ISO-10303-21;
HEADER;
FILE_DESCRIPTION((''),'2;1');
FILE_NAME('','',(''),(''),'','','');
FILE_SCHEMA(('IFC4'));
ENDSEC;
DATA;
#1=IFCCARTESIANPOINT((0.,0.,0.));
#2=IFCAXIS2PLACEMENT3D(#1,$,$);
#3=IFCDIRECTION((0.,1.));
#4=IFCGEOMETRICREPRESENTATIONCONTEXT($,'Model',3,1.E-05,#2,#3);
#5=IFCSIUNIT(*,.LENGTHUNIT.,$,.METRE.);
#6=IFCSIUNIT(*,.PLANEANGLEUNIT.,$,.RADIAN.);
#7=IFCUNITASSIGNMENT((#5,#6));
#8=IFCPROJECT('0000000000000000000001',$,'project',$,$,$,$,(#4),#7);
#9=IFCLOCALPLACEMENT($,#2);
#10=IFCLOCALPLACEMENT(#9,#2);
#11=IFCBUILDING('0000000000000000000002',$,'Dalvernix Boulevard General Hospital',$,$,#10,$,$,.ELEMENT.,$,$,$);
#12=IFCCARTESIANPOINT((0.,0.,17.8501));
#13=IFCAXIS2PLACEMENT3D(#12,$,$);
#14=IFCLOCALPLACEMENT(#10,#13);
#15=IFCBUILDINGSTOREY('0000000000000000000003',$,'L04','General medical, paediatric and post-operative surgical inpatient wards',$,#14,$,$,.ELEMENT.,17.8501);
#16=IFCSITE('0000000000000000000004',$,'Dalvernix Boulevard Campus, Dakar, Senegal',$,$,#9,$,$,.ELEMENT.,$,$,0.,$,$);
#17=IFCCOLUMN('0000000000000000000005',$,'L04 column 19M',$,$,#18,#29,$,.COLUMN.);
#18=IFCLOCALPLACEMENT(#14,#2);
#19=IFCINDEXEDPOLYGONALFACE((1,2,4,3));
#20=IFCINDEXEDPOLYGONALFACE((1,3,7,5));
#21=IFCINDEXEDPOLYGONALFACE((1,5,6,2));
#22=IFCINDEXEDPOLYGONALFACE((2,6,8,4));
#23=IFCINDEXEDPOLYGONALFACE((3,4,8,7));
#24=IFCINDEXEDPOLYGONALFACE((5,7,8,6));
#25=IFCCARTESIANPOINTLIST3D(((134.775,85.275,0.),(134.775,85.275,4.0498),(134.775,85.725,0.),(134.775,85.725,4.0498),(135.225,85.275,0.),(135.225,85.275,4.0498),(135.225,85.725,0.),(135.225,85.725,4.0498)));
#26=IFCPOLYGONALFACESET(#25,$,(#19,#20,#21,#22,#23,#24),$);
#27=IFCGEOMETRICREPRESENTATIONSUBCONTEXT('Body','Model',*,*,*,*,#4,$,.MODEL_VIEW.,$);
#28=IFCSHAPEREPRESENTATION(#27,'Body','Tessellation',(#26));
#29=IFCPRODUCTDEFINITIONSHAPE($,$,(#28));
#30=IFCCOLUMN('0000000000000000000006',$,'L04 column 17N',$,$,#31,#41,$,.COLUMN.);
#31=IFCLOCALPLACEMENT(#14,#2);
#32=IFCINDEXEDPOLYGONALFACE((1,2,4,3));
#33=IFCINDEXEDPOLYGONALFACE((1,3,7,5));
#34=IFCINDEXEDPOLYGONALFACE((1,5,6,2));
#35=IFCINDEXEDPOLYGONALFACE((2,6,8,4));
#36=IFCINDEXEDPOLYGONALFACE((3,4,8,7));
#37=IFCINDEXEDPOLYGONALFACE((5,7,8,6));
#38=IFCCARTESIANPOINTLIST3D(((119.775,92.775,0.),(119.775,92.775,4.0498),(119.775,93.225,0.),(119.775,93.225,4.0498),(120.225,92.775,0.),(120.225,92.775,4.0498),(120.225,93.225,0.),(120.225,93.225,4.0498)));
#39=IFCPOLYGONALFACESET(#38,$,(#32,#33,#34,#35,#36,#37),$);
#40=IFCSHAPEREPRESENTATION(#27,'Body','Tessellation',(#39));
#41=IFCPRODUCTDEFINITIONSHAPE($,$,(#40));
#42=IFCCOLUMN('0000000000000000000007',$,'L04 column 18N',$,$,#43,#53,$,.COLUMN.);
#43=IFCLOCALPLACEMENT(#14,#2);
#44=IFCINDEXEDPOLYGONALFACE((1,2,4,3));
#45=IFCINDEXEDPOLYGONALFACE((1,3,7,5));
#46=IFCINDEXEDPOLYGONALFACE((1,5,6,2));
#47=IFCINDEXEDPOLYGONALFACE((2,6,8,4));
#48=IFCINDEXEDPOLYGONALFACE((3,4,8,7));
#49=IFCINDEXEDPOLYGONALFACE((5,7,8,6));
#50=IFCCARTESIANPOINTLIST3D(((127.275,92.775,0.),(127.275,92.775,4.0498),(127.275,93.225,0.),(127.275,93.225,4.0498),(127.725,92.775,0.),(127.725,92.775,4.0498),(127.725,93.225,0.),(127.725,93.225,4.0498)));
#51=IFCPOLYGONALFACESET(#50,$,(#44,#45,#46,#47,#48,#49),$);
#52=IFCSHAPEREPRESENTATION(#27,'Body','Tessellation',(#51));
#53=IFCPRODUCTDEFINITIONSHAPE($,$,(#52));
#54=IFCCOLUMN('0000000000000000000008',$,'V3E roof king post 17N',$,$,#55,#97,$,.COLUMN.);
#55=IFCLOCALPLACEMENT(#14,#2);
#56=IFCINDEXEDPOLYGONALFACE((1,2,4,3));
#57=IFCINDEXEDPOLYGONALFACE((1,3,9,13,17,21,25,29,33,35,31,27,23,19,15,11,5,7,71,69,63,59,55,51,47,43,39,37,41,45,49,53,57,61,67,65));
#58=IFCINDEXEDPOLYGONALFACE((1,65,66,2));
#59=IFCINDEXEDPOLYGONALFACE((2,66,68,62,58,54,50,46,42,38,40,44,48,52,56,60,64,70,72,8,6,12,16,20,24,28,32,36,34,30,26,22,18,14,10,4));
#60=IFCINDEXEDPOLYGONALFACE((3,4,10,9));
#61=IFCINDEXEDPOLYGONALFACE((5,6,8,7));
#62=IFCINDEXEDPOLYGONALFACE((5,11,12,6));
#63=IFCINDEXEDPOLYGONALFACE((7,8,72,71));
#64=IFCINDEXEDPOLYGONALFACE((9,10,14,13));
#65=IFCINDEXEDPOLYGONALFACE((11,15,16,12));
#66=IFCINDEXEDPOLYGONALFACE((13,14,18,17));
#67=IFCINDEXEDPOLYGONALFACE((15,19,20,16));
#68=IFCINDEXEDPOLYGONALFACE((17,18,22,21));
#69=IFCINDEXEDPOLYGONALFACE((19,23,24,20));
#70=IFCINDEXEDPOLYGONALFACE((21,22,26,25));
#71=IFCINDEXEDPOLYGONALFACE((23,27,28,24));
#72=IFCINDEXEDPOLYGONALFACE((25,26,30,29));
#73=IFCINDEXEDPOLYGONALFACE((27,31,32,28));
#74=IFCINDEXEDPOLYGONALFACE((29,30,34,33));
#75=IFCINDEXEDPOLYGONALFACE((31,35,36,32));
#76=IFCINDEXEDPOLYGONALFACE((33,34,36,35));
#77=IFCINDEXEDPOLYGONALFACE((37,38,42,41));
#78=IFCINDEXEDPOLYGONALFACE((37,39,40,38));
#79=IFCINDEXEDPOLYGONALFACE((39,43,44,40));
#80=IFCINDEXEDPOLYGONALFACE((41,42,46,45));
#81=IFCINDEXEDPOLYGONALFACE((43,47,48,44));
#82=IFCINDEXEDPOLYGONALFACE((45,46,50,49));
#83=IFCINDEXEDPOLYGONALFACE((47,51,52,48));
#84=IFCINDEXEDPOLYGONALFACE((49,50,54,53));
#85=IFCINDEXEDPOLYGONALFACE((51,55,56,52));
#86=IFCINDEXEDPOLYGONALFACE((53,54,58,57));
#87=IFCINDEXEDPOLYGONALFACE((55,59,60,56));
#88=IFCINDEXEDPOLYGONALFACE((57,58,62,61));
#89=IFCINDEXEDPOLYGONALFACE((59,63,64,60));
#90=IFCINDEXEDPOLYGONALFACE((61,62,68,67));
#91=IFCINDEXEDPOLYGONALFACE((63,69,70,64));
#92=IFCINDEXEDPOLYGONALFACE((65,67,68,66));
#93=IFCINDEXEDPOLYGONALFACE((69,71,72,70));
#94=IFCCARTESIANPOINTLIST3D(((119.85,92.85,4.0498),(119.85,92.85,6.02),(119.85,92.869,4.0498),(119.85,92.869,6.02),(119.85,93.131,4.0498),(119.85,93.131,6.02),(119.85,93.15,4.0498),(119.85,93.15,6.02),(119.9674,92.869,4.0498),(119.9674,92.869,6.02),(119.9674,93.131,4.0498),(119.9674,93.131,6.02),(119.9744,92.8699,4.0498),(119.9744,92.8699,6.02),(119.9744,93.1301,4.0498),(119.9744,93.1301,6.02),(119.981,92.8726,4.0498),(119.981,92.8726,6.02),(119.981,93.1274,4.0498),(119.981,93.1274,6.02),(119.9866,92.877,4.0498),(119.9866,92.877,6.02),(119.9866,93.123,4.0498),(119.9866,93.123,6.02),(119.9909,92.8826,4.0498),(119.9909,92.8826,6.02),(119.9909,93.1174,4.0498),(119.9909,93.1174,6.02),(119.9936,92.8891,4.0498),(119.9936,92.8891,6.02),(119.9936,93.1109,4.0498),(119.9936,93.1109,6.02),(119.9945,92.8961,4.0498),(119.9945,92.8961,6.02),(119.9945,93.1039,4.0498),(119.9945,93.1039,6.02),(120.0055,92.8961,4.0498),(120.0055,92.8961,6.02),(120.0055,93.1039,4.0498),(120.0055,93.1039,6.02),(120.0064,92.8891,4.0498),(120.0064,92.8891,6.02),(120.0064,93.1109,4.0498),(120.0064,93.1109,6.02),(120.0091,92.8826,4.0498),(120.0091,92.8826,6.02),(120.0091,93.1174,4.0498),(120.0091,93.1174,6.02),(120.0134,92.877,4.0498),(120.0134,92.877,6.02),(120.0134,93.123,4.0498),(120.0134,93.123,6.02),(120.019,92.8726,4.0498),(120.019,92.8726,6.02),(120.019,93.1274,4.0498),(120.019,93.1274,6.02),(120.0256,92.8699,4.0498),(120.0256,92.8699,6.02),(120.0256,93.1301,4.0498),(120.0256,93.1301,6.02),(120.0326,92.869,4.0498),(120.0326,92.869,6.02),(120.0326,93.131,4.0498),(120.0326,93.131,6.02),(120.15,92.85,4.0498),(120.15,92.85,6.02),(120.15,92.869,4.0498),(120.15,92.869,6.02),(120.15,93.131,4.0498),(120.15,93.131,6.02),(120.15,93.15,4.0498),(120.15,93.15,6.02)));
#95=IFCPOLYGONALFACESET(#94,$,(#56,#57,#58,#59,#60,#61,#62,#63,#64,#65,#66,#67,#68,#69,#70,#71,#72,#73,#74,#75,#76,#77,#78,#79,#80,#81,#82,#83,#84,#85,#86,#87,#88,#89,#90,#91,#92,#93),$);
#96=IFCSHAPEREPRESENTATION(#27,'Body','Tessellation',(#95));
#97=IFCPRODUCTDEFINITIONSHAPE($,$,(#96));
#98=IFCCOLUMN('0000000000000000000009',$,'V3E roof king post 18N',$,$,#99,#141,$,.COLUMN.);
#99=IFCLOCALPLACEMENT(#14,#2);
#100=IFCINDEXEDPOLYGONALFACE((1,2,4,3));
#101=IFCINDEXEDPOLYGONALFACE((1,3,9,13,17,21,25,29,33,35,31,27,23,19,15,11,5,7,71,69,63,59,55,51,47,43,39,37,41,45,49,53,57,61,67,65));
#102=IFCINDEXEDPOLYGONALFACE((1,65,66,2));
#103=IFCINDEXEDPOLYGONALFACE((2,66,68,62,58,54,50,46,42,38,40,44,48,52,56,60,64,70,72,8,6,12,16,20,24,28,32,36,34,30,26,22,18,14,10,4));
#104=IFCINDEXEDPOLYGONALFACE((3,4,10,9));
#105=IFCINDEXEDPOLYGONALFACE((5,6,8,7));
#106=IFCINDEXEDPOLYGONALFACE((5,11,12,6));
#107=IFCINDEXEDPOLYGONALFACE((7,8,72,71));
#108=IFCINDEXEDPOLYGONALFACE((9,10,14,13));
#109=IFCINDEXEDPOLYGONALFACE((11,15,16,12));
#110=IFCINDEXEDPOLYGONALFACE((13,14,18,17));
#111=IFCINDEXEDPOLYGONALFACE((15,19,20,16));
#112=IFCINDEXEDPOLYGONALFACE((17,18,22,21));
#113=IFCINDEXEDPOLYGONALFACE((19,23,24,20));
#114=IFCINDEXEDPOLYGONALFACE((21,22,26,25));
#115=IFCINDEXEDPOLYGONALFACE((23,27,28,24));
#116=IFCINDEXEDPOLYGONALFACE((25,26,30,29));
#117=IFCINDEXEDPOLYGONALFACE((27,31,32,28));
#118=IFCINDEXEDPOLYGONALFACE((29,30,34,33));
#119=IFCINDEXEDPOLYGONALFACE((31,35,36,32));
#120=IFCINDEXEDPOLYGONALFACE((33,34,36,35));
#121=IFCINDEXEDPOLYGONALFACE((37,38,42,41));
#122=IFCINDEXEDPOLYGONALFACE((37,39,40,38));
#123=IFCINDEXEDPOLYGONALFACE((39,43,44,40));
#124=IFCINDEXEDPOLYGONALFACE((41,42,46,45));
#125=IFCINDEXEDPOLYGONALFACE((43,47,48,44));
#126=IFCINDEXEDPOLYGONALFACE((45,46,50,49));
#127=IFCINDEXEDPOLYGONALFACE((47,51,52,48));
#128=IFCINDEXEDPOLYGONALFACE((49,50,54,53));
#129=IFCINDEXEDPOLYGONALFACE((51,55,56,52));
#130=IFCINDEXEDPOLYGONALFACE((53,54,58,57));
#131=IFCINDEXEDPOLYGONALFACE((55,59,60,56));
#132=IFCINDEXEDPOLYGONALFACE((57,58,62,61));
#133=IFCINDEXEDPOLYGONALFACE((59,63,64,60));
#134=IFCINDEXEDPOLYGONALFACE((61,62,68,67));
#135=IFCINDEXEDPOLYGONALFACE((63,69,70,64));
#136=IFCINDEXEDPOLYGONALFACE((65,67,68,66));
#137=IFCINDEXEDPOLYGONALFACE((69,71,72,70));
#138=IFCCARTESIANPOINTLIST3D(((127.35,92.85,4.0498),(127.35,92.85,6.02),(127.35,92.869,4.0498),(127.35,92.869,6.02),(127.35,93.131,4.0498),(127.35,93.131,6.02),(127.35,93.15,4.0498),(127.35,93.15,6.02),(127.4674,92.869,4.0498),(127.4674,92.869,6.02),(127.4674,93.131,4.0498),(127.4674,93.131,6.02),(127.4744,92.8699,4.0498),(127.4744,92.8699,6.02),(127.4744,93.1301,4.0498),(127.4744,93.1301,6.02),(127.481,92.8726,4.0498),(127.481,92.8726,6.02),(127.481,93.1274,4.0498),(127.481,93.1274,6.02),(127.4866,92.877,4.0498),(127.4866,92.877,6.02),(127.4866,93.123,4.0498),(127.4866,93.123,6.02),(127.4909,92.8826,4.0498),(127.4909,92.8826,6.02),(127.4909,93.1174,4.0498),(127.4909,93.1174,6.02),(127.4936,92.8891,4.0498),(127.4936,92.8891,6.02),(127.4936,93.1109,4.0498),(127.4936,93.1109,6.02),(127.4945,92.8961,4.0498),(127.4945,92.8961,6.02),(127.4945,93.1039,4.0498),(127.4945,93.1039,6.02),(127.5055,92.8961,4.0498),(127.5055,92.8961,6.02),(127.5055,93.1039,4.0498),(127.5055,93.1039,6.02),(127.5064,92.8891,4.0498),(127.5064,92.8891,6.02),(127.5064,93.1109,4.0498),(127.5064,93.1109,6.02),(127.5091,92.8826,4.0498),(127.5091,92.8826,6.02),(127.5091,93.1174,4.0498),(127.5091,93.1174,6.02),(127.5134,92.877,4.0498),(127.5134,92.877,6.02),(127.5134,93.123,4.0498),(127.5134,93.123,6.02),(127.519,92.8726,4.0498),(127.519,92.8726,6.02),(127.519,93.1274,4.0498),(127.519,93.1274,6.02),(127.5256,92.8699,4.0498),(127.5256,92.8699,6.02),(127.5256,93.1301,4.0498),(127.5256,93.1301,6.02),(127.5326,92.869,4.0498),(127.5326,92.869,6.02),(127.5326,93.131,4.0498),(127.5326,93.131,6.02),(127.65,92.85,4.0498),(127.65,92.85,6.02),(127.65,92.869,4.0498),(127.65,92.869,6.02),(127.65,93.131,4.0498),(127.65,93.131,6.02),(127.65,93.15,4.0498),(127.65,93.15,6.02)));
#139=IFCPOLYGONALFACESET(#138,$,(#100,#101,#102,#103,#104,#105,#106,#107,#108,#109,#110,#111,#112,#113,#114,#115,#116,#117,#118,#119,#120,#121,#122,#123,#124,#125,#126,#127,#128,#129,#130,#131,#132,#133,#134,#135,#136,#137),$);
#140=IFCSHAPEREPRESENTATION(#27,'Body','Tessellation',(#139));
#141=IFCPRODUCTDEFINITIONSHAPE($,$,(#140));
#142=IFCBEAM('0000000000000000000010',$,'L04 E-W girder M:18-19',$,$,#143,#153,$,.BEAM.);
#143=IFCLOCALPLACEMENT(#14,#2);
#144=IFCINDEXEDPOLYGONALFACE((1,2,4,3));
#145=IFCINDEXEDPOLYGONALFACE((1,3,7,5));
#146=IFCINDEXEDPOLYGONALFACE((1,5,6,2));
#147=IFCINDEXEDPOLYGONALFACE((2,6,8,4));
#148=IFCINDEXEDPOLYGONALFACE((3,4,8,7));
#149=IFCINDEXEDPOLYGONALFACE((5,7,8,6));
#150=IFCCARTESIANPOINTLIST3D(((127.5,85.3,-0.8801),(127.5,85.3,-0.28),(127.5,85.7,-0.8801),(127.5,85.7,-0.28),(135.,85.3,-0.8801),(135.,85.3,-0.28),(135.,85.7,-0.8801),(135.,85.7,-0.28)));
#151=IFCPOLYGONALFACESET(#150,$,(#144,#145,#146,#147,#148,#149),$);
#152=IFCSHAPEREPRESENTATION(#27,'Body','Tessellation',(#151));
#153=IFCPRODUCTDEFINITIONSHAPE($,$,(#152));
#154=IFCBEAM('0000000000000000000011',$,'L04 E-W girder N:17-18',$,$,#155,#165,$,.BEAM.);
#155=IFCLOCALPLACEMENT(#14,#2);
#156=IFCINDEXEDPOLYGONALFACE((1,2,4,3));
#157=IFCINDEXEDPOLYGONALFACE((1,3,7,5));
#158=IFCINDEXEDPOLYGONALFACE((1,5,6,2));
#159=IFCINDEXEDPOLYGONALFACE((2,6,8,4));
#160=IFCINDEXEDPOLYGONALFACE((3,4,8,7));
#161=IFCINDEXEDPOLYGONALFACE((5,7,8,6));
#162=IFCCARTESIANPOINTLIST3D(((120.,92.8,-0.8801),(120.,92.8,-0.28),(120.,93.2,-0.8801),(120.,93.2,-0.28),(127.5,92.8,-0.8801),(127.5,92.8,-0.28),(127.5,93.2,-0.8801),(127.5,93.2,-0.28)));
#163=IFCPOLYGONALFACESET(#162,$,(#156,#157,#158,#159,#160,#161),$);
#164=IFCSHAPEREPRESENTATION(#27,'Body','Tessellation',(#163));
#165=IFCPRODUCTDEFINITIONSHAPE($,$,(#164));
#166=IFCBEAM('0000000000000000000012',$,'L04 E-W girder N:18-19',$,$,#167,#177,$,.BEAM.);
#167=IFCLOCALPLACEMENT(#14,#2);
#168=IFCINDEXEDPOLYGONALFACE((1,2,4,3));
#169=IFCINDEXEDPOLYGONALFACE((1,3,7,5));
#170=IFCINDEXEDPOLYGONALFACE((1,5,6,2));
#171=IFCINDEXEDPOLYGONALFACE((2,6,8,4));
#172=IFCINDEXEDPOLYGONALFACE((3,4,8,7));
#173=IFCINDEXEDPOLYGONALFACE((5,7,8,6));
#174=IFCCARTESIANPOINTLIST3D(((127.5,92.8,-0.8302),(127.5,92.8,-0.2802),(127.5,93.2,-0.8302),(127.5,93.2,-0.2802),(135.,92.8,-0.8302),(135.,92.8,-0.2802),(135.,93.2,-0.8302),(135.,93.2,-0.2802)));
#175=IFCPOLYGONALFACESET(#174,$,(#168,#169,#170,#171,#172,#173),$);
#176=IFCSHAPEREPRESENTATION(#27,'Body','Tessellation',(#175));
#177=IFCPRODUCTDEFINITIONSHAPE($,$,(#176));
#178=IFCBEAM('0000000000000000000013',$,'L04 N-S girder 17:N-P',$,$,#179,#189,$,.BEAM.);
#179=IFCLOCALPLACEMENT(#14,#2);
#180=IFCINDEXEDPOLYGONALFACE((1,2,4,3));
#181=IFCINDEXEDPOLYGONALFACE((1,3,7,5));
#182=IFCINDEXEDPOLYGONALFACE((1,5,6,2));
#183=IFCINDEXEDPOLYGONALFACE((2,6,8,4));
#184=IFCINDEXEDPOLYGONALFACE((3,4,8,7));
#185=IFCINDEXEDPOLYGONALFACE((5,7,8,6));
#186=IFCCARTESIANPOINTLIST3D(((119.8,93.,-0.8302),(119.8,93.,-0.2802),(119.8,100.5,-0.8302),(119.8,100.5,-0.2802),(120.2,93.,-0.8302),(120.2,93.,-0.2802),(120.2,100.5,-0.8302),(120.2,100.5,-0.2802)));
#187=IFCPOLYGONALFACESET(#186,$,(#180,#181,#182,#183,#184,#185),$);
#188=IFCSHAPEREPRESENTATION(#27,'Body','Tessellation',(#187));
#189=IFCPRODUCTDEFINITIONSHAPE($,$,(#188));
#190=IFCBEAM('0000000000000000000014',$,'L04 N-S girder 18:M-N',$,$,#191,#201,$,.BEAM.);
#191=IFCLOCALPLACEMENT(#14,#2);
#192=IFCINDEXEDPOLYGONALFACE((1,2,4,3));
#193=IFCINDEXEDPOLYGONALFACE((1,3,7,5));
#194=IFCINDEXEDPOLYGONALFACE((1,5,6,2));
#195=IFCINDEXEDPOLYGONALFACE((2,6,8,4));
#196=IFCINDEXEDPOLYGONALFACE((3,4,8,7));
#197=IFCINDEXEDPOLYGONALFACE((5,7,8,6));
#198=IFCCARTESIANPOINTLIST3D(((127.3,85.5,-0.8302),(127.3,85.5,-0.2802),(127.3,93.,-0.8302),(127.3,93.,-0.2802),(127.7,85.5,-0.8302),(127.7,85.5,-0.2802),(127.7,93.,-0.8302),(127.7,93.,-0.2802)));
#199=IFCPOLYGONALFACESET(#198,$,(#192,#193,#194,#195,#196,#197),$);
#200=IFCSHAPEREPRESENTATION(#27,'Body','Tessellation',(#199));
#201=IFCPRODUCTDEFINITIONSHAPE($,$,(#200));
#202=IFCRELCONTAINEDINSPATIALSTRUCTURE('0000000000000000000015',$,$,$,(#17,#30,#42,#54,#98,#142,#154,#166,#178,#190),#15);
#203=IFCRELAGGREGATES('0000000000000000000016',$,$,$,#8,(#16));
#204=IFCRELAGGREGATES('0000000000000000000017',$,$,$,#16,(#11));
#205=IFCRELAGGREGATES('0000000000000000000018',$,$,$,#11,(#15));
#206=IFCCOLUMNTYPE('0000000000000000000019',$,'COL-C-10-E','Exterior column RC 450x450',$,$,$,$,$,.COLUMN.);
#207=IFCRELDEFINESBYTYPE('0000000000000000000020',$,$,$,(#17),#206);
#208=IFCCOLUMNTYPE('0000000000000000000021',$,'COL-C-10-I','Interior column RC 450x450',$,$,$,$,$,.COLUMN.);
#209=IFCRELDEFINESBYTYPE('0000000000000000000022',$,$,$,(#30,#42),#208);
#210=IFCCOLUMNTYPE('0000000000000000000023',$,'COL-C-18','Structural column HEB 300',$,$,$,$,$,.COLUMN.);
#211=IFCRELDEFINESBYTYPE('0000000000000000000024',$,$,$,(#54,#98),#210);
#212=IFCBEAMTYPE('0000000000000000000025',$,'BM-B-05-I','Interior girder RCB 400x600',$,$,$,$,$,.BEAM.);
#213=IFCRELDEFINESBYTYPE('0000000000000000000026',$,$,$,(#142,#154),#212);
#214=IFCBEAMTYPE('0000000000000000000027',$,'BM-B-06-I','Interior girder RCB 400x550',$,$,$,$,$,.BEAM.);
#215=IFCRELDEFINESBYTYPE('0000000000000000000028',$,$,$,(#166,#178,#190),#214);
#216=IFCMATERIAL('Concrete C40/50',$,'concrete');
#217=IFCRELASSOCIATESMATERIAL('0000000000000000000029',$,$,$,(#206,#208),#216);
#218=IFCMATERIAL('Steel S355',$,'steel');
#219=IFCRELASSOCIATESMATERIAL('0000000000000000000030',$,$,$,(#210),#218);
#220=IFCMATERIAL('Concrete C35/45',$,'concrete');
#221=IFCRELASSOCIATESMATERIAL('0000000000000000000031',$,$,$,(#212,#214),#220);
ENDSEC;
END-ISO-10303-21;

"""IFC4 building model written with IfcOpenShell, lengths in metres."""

from ifc_helpers import new_model, si_unit, direction, frame, origin, origin_2d, place, context, subcontext, project, spatial, rectangle, i_section, extrude, material, material_profile, profile_set, type_object, element, save


model = new_model("IFC4")

# Units and contexts
model_context = context("Model", 3, precision=1e-05, world=origin(), true_north=direction((0.0, 1.0)))
body_context = subcontext(model_context, "Body", "Model", "MODEL_VIEW")
ifc_project = project(units=[si_unit("LENGTHUNIT", "METRE"), si_unit("PLANEANGLEUNIT", "RADIAN")], contexts=[model_context])

# Site, building, storey
site_placement = place(None, origin())
site = spatial("IfcSite", under=ifc_project, at=site_placement, Name="Dalvernix Boulevard Campus, Dakar, Senegal", CompositionType="ELEMENT", RefElevation=0.0)
building_placement = place(site_placement, origin())
building = spatial("IfcBuilding", under=site, at=building_placement, Name="Dalvernix Boulevard General Hospital", CompositionType="ELEMENT")
storey_placement = place(building_placement, frame((0.0, 0.0, 17.8501)))
storey = spatial("IfcBuildingStorey", under=building, at=storey_placement, Name="L04", Description="General medical, paediatric and post-operative surgical inpatient wards", CompositionType="ELEMENT", Elevation=17.8501)

# Columns
ifc_material_1 = material(Name="Concrete C40/50", Category="concrete")
ifc_material_profile_1 = material_profile(ifc_material_1, rectangle(XDim=0.45, YDim=0.45, at=origin_2d()), Name="RC 450x450")
ifc_profile_set_1 = profile_set([ifc_material_profile_1], Name="Concrete C40/50")
column_type_1 = type_object("IfcColumnType", Name="COL-C-10-E", Description="Exterior column RC 450x450", PredefinedType="COLUMN", material=ifc_profile_set_1)
column_placement = place(storey_placement, frame((135.0, 85.5, 0.0), z_axis=(0.0, 0.0, 1.0), x_axis=(1.0, 0.0, 0.0)))
element("IfcColumn", 1, at=column_placement, inside=storey, type_object=column_type_1, Name="L04 column 19M", PredefinedType="COLUMN", context=body_context, shape_type="SweptSolid", body=[
    extrude(rectangle(XDim=0.45, YDim=0.45, at=origin_2d()), origin(), (0.0, 0.0, 1.0), 4.0498),
])
ifc_material_profile_2 = material_profile(ifc_material_1, rectangle(XDim=0.45, YDim=0.45, at=origin_2d()), Name="RC 450x450")
ifc_profile_set_2 = profile_set([ifc_material_profile_2], Name="Concrete C40/50")
column_type_2 = type_object("IfcColumnType", Name="COL-C-10-I", Description="Interior column RC 450x450", PredefinedType="COLUMN", material=ifc_profile_set_2)
for number, where, z_axis, x_axis, name in (
    (2, (120.0, 93.0, 0.0), (0.0, 0.0, 1.0), (1.0, 0.0, 0.0), "L04 column 17N"),
    (3, (127.5, 93.0, 0.0), (0.0, 0.0, 1.0), (1.0, 0.0, 0.0), "L04 column 18N"),
):
    element("IfcColumn", number, at=place(storey_placement, frame(where, z_axis=z_axis, x_axis=x_axis)), inside=storey, type_object=column_type_2, Name=name, PredefinedType="COLUMN", context=body_context, shape_type="SweptSolid", body=[
        extrude(rectangle(XDim=0.45, YDim=0.45, at=origin_2d()), origin(), (0.0, 0.0, 1.0), 4.0498),
    ])
ifc_material_2 = material(Name="Steel S355", Category="steel")
ifc_material_profile_3 = material_profile(ifc_material_2, i_section(OverallWidth=0.3, OverallDepth=0.3, WebThickness=0.011, FlangeThickness=0.019, FilletRadius=0.0271, at=origin_2d()), Name="HEB 300")
ifc_profile_set_3 = profile_set([ifc_material_profile_3], Name="Steel S355")
column_type_3 = type_object("IfcColumnType", Name="COL-C-18", Description="Structural column HEB 300", PredefinedType="COLUMN", material=ifc_profile_set_3)
for number, where, z_axis, x_axis, name in (
    (4, (120.0, 93.0, 4.0498), (0.0, 0.0, 1.0), (1.0, 0.0, 0.0), "V3E roof king post 17N"),
    (5, (127.5, 93.0, 4.0498), (0.0, 0.0, 1.0), (1.0, 0.0, 0.0), "V3E roof king post 18N"),
):
    element("IfcColumn", number, at=place(storey_placement, frame(where, z_axis=z_axis, x_axis=x_axis)), inside=storey, type_object=column_type_3, Name=name, PredefinedType="COLUMN", context=body_context, shape_type="SweptSolid", body=[
        extrude(i_section(OverallWidth=0.3, OverallDepth=0.3, WebThickness=0.011, FlangeThickness=0.019, FilletRadius=0.0271, at=origin_2d()), origin(), (0.0, 0.0, 1.0), 1.9702),
    ])

# Beams
ifc_material_3 = material(Name="Concrete C35/45", Category="concrete")
ifc_material_profile_4 = material_profile(ifc_material_3, rectangle(XDim=0.3999, YDim=0.6001, at=origin_2d()), Name="RCB 400x600")
ifc_profile_set_4 = profile_set([ifc_material_profile_4], Name="Concrete C35/45")
beam_type_1 = type_object("IfcBeamType", Name="BM-B-05-I", Description="Interior girder RCB 400x600", PredefinedType="BEAM", material=ifc_profile_set_4)
for number, where, z_axis, x_axis, name in (
    (6, (127.5, 85.5, -0.5801), (1.0, 0.0, 0.0), (0.0, 1.0, 0.0), "L04 E-W girder M:18-19"),
    (7, (120.0, 93.0, -0.5801), (1.0, 0.0, 0.0), (0.0, 1.0, 0.0), "L04 E-W girder N:17-18"),
):
    element("IfcBeam", number, at=place(storey_placement, frame(where, z_axis=z_axis, x_axis=x_axis)), inside=storey, type_object=beam_type_1, Name=name, PredefinedType="BEAM", context=body_context, shape_type="SweptSolid", body=[
        extrude(rectangle(XDim=0.3999, YDim=0.6001, at=origin_2d()), origin(), (0.0, 0.0, 1.0), 7.5),
    ])
ifc_material_profile_5 = material_profile(ifc_material_3, rectangle(XDim=0.3999, YDim=0.55, at=origin_2d()), Name="RCB 400x550")
ifc_profile_set_5 = profile_set([ifc_material_profile_5], Name="Concrete C35/45")
beam_type_2 = type_object("IfcBeamType", Name="BM-B-06-I", Description="Interior girder RCB 400x550", PredefinedType="BEAM", material=ifc_profile_set_5)
for number, where, z_axis, x_axis, name in (
    (8, (127.5, 93.0, -0.5552), (1.0, 0.0, 0.0), (0.0, 1.0, 0.0), "L04 E-W girder N:18-19"),
    (9, (120.0, 93.0, -0.5552), (0.0, 1.0, 0.0), (-1.0, 0.0, 0.0), "L04 N-S girder 17:N-P"),
    (10, (127.5, 85.5, -0.5552), (0.0, 1.0, 0.0), (-1.0, 0.0, 0.0), "L04 N-S girder 18:M-N"),
):
    element("IfcBeam", number, at=place(storey_placement, frame(where, z_axis=z_axis, x_axis=x_axis)), inside=storey, type_object=beam_type_2, Name=name, PredefinedType="BEAM", context=body_context, shape_type="SweptSolid", body=[
        extrude(rectangle(XDim=0.3999, YDim=0.55, at=origin_2d()), origin(), (0.0, 0.0, 1.0), 7.5),
    ])

save(model, "model.ifc")
